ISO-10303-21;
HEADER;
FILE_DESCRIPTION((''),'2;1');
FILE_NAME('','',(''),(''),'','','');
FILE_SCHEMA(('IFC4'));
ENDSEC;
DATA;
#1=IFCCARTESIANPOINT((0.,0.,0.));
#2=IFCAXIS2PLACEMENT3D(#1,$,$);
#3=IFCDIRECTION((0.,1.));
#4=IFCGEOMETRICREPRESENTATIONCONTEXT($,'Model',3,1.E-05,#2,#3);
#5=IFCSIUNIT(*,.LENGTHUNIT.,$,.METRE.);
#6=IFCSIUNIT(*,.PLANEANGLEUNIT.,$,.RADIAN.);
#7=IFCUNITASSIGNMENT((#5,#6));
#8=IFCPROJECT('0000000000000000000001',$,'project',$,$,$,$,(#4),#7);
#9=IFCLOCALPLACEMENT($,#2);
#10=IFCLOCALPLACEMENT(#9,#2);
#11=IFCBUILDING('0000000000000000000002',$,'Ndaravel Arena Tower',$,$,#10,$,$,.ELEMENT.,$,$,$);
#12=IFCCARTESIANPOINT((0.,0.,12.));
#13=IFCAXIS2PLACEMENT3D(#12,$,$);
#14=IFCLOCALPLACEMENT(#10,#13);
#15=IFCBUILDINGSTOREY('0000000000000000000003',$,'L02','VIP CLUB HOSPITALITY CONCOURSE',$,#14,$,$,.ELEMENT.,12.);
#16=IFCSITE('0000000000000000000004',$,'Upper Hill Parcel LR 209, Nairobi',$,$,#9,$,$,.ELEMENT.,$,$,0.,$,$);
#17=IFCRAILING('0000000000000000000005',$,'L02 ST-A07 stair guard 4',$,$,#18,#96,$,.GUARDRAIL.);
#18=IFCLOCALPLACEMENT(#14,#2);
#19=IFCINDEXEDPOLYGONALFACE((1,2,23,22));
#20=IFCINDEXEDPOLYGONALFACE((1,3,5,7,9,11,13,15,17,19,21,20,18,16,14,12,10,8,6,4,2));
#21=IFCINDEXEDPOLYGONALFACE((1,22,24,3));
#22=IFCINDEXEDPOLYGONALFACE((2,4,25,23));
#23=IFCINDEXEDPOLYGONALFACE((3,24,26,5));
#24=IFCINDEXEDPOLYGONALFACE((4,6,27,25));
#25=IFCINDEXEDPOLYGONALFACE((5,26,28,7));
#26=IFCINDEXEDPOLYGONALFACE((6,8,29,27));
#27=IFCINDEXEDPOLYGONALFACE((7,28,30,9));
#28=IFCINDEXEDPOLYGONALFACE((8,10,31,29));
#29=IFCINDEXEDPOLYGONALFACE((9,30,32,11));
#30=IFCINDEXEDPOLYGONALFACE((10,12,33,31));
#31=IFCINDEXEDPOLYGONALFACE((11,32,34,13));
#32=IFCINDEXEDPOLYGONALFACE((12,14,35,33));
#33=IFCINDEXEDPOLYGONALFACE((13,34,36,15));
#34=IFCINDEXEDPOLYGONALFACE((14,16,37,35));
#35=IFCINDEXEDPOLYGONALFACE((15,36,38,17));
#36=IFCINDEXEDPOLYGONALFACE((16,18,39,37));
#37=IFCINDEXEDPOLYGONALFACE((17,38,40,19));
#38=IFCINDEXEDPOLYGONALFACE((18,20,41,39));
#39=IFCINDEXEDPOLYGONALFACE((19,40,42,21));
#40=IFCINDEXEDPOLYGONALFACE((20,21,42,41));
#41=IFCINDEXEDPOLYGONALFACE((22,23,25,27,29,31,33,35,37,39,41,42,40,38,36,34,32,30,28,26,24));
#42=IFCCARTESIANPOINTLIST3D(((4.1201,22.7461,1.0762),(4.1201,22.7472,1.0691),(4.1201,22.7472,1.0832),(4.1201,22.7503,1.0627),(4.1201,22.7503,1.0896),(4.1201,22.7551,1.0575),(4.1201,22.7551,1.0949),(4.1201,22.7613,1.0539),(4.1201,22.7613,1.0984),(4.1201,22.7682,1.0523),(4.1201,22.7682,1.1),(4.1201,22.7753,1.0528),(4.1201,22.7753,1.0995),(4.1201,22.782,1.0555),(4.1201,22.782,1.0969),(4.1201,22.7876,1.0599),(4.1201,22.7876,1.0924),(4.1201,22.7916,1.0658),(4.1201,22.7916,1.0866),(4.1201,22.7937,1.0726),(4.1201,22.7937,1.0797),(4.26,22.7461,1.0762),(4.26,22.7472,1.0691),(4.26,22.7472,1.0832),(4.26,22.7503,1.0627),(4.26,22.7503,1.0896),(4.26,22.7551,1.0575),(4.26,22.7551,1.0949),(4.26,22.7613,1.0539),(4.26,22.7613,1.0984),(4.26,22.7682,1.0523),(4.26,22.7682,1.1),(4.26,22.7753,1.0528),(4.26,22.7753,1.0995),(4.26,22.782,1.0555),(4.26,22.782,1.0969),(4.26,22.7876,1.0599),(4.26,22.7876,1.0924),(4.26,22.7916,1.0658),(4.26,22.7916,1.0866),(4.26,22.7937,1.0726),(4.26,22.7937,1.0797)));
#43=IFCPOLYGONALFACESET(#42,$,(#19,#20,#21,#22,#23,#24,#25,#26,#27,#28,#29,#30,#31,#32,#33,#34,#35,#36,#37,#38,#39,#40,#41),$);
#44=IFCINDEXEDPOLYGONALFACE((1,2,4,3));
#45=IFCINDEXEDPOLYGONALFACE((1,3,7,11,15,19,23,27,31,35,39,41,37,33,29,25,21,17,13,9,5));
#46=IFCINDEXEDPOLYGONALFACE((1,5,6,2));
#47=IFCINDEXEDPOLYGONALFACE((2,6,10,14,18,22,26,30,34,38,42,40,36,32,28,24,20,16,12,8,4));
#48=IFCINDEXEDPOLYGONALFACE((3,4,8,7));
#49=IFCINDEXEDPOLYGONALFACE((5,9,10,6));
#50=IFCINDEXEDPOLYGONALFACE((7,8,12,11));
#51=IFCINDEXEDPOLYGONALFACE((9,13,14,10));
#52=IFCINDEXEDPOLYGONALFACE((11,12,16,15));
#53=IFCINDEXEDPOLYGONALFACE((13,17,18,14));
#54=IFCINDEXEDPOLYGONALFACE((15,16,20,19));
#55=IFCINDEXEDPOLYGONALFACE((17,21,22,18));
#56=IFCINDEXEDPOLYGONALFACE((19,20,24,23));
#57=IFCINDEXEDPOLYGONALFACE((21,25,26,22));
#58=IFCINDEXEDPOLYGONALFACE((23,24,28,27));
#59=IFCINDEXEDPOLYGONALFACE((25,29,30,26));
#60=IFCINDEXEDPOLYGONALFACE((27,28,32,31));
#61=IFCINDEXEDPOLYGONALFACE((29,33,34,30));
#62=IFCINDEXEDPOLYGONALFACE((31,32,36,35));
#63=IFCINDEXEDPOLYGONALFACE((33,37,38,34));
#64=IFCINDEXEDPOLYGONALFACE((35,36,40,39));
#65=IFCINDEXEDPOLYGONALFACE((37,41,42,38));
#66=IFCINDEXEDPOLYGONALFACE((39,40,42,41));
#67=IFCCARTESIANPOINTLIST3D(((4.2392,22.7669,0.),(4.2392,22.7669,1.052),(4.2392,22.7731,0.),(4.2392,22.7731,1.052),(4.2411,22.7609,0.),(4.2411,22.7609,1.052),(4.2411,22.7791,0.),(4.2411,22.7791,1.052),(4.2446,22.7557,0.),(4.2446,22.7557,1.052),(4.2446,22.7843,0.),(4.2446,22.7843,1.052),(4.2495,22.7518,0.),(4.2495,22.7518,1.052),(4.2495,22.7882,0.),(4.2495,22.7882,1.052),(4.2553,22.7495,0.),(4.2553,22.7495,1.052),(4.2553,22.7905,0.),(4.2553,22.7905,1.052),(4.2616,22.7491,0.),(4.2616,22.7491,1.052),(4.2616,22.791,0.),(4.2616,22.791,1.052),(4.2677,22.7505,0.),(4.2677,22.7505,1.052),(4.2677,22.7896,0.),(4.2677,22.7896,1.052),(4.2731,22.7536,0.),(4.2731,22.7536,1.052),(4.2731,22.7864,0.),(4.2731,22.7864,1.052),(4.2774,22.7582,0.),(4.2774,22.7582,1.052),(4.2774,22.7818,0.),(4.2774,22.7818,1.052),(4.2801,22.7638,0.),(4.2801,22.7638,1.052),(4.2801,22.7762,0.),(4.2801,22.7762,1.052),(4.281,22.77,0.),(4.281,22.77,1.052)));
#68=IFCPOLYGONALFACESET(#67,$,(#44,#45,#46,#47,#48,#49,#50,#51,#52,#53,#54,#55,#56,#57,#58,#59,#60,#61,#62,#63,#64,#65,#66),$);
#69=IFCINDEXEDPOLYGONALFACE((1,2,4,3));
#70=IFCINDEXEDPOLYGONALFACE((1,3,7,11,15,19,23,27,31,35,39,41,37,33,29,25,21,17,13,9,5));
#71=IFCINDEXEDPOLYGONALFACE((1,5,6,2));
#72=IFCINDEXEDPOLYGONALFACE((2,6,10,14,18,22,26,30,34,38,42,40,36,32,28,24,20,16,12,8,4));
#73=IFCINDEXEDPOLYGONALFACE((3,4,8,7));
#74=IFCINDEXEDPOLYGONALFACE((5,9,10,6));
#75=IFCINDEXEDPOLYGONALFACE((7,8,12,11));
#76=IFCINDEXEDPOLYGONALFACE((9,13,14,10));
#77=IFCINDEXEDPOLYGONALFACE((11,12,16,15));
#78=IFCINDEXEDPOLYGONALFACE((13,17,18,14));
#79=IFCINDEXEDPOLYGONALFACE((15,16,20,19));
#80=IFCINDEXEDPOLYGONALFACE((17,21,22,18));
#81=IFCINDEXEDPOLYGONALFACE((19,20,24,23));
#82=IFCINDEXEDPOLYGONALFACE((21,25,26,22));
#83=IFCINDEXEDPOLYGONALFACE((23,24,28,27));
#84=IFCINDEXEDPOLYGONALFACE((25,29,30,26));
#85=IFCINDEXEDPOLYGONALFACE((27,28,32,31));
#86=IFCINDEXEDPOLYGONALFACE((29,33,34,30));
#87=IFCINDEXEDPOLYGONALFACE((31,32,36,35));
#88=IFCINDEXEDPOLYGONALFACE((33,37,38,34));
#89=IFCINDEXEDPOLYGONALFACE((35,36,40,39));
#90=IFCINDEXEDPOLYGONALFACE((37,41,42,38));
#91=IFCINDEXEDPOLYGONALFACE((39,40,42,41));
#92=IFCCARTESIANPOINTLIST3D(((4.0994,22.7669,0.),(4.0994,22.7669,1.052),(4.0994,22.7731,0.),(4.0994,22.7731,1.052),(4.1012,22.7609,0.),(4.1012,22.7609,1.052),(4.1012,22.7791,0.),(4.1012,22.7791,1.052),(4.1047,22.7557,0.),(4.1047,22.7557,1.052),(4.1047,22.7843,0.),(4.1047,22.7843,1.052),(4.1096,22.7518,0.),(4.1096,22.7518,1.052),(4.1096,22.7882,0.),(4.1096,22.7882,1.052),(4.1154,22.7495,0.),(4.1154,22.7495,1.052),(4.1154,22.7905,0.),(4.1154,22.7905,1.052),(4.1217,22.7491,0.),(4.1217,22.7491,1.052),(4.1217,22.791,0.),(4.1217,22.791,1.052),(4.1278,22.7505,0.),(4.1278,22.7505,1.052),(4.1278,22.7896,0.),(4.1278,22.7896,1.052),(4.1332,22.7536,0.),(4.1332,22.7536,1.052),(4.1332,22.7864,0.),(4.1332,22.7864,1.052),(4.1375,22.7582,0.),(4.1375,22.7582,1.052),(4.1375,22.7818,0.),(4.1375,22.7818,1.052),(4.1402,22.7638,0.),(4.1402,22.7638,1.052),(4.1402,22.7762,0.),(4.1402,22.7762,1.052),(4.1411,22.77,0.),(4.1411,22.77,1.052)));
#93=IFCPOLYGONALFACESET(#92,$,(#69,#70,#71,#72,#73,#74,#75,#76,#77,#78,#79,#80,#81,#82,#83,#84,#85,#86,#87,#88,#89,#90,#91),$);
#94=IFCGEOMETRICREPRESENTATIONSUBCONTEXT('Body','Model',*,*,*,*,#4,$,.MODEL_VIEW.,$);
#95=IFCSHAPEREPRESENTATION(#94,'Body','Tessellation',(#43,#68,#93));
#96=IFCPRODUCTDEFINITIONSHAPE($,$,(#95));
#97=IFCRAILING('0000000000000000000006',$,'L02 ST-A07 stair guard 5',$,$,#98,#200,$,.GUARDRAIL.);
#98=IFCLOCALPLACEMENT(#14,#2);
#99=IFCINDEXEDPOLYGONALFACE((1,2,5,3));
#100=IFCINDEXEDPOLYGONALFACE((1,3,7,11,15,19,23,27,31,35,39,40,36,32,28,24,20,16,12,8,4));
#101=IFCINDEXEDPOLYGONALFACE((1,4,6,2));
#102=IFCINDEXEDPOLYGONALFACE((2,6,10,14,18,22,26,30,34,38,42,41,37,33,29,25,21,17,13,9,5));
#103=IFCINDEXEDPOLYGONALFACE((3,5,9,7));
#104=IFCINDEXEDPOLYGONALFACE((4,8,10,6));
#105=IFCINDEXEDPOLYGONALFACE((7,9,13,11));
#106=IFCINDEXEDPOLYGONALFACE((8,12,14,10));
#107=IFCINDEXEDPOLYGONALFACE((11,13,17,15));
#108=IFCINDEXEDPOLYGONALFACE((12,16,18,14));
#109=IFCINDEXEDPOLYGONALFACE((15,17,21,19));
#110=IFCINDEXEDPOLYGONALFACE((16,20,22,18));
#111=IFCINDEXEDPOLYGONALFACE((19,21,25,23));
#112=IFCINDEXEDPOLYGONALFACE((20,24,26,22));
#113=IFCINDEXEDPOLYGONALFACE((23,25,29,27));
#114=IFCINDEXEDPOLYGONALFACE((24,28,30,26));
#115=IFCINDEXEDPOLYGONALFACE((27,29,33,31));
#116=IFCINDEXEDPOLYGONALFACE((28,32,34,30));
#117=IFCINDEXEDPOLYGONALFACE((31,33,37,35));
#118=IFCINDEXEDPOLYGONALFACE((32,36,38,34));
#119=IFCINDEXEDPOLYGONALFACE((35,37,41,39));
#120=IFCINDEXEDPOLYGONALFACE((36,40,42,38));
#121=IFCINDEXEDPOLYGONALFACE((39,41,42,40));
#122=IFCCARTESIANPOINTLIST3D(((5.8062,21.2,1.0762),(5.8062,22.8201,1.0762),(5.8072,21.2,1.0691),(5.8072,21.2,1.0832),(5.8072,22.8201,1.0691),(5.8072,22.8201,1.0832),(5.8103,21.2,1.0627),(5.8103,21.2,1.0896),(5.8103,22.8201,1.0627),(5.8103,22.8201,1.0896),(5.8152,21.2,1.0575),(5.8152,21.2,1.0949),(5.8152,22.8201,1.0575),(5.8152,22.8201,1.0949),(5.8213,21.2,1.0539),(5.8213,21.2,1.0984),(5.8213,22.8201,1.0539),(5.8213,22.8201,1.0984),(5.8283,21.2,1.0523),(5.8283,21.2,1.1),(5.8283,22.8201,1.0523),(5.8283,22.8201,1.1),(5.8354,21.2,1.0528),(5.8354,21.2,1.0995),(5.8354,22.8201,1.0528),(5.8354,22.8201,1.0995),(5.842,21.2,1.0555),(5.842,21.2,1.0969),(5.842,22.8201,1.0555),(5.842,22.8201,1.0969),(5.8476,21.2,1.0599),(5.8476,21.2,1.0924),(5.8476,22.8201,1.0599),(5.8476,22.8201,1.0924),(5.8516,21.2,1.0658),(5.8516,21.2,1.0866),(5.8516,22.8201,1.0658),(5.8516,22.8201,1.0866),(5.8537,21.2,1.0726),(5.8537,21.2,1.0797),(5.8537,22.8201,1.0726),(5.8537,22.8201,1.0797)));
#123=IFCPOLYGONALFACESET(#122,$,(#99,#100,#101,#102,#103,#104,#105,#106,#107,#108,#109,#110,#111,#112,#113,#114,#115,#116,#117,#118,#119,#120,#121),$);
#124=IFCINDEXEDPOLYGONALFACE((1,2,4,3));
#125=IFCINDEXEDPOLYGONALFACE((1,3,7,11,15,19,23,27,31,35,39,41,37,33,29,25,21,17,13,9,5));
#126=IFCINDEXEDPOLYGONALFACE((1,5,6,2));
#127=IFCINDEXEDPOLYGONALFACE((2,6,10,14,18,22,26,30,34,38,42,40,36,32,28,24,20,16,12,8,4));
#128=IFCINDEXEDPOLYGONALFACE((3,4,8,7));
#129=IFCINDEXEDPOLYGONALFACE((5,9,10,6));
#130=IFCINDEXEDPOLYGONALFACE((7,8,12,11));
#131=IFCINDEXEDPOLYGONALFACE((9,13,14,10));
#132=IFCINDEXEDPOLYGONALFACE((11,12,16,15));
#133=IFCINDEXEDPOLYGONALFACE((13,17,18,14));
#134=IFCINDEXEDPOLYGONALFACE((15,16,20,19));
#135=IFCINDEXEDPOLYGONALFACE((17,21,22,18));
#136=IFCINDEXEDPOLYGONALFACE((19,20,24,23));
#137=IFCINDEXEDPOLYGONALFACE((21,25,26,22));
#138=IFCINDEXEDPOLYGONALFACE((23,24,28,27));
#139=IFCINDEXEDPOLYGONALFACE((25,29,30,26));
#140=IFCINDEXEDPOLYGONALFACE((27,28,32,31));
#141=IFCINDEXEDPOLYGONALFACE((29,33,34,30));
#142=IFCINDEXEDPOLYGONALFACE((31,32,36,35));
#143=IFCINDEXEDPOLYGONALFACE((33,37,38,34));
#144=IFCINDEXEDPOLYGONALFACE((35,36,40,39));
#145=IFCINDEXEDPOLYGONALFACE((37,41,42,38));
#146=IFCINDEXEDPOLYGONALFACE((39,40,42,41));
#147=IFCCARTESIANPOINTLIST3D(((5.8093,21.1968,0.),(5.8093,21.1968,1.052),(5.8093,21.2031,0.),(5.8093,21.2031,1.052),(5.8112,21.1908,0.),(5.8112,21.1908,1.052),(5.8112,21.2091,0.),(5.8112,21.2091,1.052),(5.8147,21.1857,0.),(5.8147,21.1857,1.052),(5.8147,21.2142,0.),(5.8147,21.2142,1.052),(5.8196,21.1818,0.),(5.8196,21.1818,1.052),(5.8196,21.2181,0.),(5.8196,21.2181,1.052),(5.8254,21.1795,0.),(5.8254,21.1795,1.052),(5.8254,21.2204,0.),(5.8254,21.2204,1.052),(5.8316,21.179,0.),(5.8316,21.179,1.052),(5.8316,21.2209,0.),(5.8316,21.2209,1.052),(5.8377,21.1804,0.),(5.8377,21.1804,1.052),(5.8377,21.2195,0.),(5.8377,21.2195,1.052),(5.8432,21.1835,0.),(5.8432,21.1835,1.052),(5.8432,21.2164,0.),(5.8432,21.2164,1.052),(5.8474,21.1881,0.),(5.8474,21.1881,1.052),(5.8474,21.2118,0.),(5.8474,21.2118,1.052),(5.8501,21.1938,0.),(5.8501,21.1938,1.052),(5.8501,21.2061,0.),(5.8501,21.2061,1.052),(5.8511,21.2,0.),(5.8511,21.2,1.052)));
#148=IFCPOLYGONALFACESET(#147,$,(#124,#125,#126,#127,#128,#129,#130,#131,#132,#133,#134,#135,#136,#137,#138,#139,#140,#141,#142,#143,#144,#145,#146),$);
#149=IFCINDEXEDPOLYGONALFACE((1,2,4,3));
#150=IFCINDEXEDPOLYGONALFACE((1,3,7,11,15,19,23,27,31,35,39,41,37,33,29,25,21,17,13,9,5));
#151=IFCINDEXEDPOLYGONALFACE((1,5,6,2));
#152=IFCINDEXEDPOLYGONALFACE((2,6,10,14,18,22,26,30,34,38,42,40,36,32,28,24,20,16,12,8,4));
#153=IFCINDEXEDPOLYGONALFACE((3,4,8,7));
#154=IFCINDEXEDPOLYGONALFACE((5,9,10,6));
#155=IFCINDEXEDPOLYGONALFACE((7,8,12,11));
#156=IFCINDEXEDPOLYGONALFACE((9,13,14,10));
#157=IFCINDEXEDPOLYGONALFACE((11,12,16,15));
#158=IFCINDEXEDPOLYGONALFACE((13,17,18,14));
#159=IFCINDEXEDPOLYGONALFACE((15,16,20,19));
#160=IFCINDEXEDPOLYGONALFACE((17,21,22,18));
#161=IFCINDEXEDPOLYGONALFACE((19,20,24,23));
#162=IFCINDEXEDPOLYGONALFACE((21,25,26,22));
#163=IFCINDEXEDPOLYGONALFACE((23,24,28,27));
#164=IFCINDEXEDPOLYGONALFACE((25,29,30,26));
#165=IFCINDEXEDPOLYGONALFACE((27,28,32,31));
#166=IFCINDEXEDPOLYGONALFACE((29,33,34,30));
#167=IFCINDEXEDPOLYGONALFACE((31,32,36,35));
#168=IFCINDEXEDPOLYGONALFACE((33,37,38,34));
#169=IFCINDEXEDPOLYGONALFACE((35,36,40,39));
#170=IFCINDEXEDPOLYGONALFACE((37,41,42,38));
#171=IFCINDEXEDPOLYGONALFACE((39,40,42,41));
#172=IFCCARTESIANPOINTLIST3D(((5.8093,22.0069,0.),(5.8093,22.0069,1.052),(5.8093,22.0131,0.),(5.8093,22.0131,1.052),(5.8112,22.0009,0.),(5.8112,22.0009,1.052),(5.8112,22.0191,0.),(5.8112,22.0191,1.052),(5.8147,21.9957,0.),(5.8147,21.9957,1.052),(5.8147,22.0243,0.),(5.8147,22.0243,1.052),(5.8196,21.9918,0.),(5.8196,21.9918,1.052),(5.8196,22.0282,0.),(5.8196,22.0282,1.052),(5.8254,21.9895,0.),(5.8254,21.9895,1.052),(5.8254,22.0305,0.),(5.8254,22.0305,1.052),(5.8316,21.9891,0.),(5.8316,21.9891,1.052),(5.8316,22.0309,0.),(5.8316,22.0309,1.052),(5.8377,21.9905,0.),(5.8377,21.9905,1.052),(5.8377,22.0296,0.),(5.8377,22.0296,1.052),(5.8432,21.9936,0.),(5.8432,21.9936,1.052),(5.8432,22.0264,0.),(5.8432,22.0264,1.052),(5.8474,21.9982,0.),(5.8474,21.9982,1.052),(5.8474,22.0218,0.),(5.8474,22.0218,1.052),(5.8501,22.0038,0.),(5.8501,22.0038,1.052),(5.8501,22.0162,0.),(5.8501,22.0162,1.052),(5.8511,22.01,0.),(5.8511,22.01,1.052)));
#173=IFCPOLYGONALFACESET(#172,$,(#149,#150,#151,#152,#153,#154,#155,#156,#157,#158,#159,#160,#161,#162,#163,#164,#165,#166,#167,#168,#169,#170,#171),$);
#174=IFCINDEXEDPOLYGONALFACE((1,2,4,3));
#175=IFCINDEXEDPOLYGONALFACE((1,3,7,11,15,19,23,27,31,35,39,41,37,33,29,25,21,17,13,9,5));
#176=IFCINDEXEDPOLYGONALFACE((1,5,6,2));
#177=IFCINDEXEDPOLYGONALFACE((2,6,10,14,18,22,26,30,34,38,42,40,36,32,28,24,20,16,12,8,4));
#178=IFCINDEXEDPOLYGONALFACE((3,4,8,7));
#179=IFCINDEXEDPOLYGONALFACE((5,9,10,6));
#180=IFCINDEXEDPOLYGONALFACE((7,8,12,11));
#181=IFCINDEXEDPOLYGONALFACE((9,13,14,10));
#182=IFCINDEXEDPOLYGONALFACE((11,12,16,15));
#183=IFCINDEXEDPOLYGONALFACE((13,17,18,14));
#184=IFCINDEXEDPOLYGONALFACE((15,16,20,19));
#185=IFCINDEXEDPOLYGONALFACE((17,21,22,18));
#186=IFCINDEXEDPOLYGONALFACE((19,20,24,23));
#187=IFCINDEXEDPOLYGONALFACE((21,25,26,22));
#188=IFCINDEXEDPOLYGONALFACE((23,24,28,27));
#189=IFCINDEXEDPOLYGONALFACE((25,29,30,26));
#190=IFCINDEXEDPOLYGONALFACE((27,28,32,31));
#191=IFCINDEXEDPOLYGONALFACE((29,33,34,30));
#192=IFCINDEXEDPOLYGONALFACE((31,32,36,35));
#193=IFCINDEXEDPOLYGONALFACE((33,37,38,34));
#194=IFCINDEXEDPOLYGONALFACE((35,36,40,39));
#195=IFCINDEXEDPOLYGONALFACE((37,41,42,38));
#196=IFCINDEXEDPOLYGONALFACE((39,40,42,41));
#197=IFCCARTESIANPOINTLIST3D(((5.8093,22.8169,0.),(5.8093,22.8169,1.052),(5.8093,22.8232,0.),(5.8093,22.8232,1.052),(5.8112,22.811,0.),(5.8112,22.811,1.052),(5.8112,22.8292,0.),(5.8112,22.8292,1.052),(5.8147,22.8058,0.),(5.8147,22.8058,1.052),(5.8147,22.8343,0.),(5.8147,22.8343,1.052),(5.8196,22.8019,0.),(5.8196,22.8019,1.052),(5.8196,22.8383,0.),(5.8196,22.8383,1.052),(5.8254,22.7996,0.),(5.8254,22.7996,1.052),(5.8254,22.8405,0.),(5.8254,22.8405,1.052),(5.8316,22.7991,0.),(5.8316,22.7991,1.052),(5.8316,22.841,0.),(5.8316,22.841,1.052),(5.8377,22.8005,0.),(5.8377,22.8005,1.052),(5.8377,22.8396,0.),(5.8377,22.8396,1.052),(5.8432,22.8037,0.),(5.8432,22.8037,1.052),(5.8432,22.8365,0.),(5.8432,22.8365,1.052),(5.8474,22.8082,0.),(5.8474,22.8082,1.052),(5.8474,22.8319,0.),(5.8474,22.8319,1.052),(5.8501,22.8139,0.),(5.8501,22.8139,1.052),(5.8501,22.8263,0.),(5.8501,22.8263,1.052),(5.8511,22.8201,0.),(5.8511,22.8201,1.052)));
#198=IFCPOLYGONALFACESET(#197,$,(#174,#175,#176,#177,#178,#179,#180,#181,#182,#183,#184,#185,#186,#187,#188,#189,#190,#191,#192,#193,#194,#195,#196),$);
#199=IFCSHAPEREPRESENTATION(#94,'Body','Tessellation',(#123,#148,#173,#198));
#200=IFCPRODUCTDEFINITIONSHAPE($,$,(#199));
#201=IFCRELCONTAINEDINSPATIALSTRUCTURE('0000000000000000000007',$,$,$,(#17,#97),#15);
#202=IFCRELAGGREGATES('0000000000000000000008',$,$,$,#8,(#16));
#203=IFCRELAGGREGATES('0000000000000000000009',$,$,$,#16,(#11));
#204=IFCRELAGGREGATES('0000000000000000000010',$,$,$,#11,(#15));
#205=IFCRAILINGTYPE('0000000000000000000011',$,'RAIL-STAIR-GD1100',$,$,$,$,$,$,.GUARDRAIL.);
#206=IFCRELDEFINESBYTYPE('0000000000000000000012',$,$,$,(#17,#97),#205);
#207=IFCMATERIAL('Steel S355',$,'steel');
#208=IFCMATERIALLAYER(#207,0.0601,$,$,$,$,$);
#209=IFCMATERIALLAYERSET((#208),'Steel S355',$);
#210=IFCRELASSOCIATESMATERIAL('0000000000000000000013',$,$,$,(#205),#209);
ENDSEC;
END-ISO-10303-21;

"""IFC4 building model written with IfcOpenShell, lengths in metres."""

from ifc_helpers import new_model, si_unit, direction, frame, origin, origin_2d, place, context, subcontext, project, spatial, circle, extrude, material, layer, layer_set, type_object, element, save


model = new_model("IFC4")

# Units and contexts
model_context = context("Model", 3, precision=1e-05, world=origin(), true_north=direction((0.0, 1.0)))
body_context = subcontext(model_context, "Body", "Model", "MODEL_VIEW")
ifc_project = project(units=[si_unit("LENGTHUNIT", "METRE"), si_unit("PLANEANGLEUNIT", "RADIAN")], contexts=[model_context])

# Site, building, storey
site_placement = place(None, origin())
site = spatial("IfcSite", under=ifc_project, at=site_placement, Name="Upper Hill Parcel LR 209, Nairobi", CompositionType="ELEMENT", RefElevation=0.0)
building_placement = place(site_placement, origin())
building = spatial("IfcBuilding", under=site, at=building_placement, Name="Ndaravel Arena Tower", CompositionType="ELEMENT")
storey_placement = place(building_placement, frame((0.0, 0.0, 12.0)))
storey = spatial("IfcBuildingStorey", under=building, at=storey_placement, Name="L02", Description="VIP CLUB HOSPITALITY CONCOURSE", CompositionType="ELEMENT", Elevation=12.0)

# Railings
ifc_material_1 = material(Name="Steel S355", Category="steel")
ifc_layer_1 = layer(ifc_material_1, 0.0601)
ifc_layer_set_1 = layer_set([ifc_layer_1], Name="Steel S355")
railing_type_1 = type_object("IfcRailingType", Name="RAIL-STAIR-GD1100", PredefinedType="GUARDRAIL", material=ifc_layer_set_1)
railing_1_placement = place(storey_placement, frame((4.26, 22.77, 0.0)))
element("IfcRailing", 1, at=railing_1_placement, inside=storey, type_object=railing_type_1, Name="L02 ST-A07 stair guard 4", PredefinedType="GUARDRAIL", context=body_context, shape_type="SweptSolid", body=[
    extrude(circle(Radius=0.0239, at=origin_2d()), frame((0.0, 0.0, 1.0762), z_axis=(-1.0, 0.0, 0.0), x_axis=(0.0, -1.0, 0.0)), (0.0, 0.0, 1.0), 0.1399),
    extrude(circle(Radius=0.021, at=origin_2d()), origin(), (0.0, 0.0, 1.0), 1.052),
    extrude(circle(Radius=0.021, at=origin_2d()), frame((-0.1399, 0.0, 0.0)), (0.0, 0.0, 1.0), 1.052),
])
for number, where, name in (
    (2, (5.8301, 21.2, 0.0), "L02 ST-A07 stair guard 5"),
):
    element("IfcRailing", number, at=place(storey_placement, frame(where)), inside=storey, type_object=railing_type_1, Name=name, PredefinedType="GUARDRAIL", context=body_context, shape_type="SweptSolid", body=[
        extrude(circle(Radius=0.0239, at=origin_2d()), frame((0.0, 0.0, 1.0762), z_axis=(0.0, 1.0, 0.0), x_axis=(-1.0, 0.0, 0.0)), (0.0, 0.0, 1.0), 1.6201),
        extrude(circle(Radius=0.021, at=origin_2d()), origin(), (0.0, 0.0, 1.0), 1.052),
        extrude(circle(Radius=0.021, at=origin_2d()), frame((0.0, 0.8101, 0.0)), (0.0, 0.0, 1.0), 1.052),
        extrude(circle(Radius=0.021, at=origin_2d()), frame((0.0, 1.6201, 0.0)), (0.0, 0.0, 1.0), 1.052),
    ])

save(model, "model.ifc")
